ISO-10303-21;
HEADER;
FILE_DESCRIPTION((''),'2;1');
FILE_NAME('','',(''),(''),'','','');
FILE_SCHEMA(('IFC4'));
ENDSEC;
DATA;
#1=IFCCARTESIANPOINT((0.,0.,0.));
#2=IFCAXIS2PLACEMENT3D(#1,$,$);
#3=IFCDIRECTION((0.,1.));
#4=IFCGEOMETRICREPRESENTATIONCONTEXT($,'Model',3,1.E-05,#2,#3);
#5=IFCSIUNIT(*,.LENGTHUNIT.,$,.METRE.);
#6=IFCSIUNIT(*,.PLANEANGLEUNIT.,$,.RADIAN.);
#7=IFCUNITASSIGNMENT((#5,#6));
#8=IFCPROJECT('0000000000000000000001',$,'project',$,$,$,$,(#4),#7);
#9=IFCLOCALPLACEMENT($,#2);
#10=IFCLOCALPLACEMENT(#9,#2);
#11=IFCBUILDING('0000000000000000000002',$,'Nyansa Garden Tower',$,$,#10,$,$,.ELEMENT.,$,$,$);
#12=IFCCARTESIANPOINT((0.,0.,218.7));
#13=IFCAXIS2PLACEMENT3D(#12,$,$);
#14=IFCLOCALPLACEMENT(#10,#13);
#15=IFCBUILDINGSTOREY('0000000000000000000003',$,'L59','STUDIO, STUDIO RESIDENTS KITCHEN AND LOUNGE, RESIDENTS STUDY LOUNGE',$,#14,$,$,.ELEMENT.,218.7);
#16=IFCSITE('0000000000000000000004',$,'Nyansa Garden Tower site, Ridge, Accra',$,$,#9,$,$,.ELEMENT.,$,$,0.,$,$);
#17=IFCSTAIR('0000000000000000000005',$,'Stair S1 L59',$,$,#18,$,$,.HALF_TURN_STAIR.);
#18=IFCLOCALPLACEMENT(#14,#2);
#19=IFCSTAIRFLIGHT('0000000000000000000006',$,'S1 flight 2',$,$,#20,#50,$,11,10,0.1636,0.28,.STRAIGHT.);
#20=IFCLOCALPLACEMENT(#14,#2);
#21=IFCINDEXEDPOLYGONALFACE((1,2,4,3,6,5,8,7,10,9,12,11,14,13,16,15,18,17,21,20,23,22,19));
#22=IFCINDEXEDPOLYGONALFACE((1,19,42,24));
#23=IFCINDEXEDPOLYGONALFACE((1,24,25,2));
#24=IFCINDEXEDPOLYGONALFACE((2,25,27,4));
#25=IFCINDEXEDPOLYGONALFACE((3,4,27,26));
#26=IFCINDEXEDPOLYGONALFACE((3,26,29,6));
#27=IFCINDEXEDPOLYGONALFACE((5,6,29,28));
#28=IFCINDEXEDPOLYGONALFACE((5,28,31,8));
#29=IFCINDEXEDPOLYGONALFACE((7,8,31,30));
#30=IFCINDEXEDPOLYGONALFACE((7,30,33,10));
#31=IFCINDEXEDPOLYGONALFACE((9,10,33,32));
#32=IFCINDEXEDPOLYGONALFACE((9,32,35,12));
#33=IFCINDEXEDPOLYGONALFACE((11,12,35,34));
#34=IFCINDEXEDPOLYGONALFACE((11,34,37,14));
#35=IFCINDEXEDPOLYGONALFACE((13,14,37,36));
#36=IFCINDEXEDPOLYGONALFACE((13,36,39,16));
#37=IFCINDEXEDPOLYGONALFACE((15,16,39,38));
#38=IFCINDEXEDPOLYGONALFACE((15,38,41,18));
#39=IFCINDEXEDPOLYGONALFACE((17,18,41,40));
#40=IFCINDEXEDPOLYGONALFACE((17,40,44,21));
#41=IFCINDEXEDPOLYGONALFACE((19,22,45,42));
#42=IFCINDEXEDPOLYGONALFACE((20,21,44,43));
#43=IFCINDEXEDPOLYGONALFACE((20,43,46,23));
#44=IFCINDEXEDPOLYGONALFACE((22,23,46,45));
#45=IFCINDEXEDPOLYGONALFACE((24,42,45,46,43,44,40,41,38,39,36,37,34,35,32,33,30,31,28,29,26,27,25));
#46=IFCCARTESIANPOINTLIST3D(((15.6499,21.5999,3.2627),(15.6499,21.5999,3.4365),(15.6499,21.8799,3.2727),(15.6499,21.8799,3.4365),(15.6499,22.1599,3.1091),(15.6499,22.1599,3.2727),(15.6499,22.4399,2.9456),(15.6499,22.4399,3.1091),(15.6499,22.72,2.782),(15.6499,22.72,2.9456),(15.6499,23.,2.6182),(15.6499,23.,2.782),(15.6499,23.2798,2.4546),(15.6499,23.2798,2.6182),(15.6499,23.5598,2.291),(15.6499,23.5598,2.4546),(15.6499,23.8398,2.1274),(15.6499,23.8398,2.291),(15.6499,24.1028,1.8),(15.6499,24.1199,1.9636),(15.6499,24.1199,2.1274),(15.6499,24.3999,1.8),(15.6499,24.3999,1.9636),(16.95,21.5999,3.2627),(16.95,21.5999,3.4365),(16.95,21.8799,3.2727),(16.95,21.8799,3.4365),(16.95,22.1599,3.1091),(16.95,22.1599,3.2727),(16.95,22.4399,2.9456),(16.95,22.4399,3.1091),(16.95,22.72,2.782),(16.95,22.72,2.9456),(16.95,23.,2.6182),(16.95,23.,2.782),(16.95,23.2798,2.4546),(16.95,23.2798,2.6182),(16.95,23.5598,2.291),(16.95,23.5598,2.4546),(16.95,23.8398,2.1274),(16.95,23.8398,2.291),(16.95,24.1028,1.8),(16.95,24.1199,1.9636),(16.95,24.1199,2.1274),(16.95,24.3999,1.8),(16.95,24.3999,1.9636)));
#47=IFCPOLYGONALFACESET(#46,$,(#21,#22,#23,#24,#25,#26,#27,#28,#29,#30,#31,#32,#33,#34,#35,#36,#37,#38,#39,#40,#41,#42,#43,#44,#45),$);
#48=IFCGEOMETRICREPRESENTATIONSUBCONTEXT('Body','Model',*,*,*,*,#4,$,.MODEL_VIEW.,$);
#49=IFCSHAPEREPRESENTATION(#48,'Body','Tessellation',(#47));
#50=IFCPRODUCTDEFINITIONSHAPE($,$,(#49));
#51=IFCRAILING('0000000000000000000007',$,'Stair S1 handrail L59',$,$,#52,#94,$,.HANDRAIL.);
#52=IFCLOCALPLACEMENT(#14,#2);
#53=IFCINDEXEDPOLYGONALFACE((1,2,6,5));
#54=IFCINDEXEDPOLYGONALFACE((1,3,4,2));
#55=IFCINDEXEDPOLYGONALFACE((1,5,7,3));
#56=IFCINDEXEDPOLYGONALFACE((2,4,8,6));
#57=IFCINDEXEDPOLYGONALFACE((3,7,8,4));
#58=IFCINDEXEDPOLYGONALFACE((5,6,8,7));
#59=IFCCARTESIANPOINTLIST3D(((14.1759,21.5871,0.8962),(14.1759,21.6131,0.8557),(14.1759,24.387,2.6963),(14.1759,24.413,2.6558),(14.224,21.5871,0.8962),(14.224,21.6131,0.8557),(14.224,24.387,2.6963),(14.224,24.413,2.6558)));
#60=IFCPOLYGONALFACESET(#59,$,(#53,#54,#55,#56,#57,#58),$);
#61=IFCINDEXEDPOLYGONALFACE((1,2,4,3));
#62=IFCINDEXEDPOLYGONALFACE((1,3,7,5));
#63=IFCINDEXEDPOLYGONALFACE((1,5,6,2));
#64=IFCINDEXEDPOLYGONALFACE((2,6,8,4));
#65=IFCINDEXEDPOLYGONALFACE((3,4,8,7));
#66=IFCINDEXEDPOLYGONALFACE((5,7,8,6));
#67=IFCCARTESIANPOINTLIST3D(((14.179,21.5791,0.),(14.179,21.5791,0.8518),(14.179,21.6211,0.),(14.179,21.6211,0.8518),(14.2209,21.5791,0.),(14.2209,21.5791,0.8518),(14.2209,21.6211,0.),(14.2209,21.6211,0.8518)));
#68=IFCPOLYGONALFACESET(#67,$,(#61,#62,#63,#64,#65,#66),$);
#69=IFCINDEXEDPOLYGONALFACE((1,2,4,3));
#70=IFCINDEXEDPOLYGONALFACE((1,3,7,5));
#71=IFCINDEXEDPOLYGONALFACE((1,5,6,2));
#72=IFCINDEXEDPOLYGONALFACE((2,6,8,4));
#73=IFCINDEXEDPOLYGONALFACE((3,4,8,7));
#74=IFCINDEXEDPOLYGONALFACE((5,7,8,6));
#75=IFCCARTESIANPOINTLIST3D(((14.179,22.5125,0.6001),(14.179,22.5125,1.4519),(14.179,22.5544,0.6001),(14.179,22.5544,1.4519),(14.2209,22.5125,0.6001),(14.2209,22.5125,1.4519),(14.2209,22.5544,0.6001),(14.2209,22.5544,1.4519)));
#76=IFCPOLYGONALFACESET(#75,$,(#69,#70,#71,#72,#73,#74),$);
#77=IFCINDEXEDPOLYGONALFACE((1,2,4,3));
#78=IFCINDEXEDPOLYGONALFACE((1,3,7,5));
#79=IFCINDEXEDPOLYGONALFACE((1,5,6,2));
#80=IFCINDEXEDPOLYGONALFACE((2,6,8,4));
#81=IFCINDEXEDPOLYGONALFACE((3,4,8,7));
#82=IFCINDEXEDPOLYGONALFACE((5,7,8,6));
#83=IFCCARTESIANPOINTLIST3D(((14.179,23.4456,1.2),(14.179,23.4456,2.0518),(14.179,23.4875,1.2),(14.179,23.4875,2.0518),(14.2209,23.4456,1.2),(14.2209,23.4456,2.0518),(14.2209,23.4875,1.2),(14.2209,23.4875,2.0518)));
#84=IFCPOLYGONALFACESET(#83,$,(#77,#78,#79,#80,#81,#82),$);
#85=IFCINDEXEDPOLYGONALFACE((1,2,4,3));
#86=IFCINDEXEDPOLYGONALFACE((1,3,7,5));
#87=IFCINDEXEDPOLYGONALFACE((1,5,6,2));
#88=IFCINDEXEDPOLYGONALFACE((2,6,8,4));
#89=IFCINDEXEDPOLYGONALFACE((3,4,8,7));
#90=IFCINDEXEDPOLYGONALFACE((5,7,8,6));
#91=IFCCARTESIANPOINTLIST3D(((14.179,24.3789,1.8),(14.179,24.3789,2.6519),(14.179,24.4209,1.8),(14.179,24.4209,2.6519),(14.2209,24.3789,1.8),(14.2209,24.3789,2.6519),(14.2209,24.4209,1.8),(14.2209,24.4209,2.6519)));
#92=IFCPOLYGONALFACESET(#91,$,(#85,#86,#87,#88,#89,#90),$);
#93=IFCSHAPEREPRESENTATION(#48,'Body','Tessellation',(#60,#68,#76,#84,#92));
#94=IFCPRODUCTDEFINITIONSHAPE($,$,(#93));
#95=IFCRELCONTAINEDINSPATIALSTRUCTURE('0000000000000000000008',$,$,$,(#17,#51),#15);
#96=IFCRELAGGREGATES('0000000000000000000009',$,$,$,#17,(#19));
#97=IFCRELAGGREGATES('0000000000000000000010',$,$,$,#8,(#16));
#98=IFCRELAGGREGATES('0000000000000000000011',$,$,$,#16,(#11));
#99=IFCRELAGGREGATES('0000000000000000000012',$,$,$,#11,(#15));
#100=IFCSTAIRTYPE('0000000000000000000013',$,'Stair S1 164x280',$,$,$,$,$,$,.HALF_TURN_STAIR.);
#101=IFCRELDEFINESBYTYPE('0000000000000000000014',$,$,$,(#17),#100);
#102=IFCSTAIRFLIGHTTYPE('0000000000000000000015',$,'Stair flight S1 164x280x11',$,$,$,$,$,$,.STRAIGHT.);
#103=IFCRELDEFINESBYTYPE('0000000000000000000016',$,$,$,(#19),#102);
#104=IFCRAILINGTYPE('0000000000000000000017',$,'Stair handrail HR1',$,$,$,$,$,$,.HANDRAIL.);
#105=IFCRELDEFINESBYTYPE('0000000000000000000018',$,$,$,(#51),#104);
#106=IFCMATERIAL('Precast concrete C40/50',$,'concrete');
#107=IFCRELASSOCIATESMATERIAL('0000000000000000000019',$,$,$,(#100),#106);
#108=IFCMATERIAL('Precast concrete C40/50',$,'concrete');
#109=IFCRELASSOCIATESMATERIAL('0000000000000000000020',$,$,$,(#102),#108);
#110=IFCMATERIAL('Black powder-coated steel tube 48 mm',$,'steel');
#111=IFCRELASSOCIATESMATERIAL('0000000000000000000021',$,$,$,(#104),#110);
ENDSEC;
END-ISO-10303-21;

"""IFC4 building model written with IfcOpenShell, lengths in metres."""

from ifc_helpers import new_model, si_unit, direction, frame, origin, origin_2d, place, context, subcontext, project, spatial, polyline, rectangle, outline, extrude, material, type_object, element, aggregate, save


model = new_model("IFC4")

# Units and contexts
model_context = context("Model", 3, precision=1e-05, world=origin(), true_north=direction((0.0, 1.0)))
body_context = subcontext(model_context, "Body", "Model", "MODEL_VIEW")
ifc_project = project(units=[si_unit("LENGTHUNIT", "METRE"), si_unit("PLANEANGLEUNIT", "RADIAN")], contexts=[model_context])

# Site, building, storey
site_placement = place(None, origin())
site = spatial("IfcSite", under=ifc_project, at=site_placement, Name="Nyansa Garden Tower site, Ridge, Accra", CompositionType="ELEMENT", RefElevation=0.0)
building_placement = place(site_placement, origin())
building = spatial("IfcBuilding", under=site, at=building_placement, Name="Nyansa Garden Tower", CompositionType="ELEMENT")
storey_placement = place(building_placement, frame((0.0, 0.0, 218.7)))
storey = spatial("IfcBuildingStorey", under=building, at=storey_placement, Name="L59", Description="STUDIO, STUDIO RESIDENTS KITCHEN AND LOUNGE, RESIDENTS STUDY LOUNGE", CompositionType="ELEMENT", Elevation=218.7)

# Stair, stair flight
ifc_material_1 = material(Name="Precast concrete C40/50", Category="concrete")
stair_type = type_object("IfcStairType", Name="Stair S1 164x280", PredefinedType="HALF_TURN_STAIR", material=ifc_material_1)
stair_placement = place(storey_placement, origin())
stair = element("IfcStair", 1, at=stair_placement, inside=storey, type_object=stair_type, Name="Stair S1 L59", PredefinedType="HALF_TURN_STAIR")
ifc_material_2 = material(Name="Precast concrete C40/50", Category="concrete")
stair_flight_type = type_object("IfcStairFlightType", Name="Stair flight S1 164x280x11", PredefinedType="STRAIGHT", material=ifc_material_2)
stair_flight_1_placement = place(storey_placement, frame((16.3, 24.3999, 1.8), z_axis=(0.0, 0.0, 1.0), x_axis=(0.0, -1.0, 0.0)))
stair_flight_1 = element("IfcStairFlight", 2, at=stair_flight_1_placement, type_object=stair_flight_type, Name="S1 flight 2", NumberOfRisers=11, NumberOfTreads=10, PredefinedType="STRAIGHT", RiserHeight=0.1636, TreadLength=0.28, context=body_context, shape_type="SweptSolid", body=[
    extrude(outline(polyline([(0.0, 0.0), (0.0, 0.1636), (0.28, 0.1636), (0.28, 0.3274), (0.5601, 0.3274), (0.5601, 0.491), (0.8401, 0.491), (0.8401, 0.6545), (1.1201, 0.6545), (1.1201, 0.8181), (1.3999, 0.8181), (1.3999, 0.9819), (1.6799, 0.9819), (1.6799, 1.1455), (1.96, 1.1455), (1.96, 1.3091), (2.24, 1.3091), (2.24, 1.4727), (2.52, 1.4727), (2.52, 1.6365), (2.8, 1.6365), (2.8, 1.8), (2.8, 1.4626), (0.2971, 0.0), (0.0, 0.0)])), frame((0.0, 0.6499, 0.0), z_axis=(0.0, -1.0, 0.0), x_axis=(1.0, 0.0, 0.0)), (0.0, 0.0, 1.0), 1.3),
])
aggregate(stair, [stair_flight_1])

# Railing
ifc_material_3 = material(Name="Black powder-coated steel tube 48 mm", Category="steel")
railing_type = type_object("IfcRailingType", Name="Stair handrail HR1", PredefinedType="HANDRAIL", material=ifc_material_3)
railing_placement = place(storey_placement, frame((14.2, 21.6001, 0.0)))
element("IfcRailing", 3, at=railing_placement, inside=storey, type_object=railing_type, Name="Stair S1 handrail L59", PredefinedType="HANDRAIL", context=body_context, shape_type="SweptSolid", body=[
    extrude(rectangle(XDim=0.0481, YDim=0.0481, at=origin_2d()), frame((0.0, 0.0, 0.876), z_axis=(0.0, 0.841155, 0.540795), x_axis=(-1.0, 0.0, 0.0)), (0.0, 0.0, 1.0), 3.3286),
    extrude(rectangle(XDim=0.042, YDim=0.042, at=origin_2d()), origin(), (0.0, 0.0, 1.0), 0.8518),
    extrude(rectangle(XDim=0.042, YDim=0.042, at=origin_2d()), frame((0.0, 0.9333, 0.6001)), (0.0, 0.0, 1.0), 0.8518),
    extrude(rectangle(XDim=0.042, YDim=0.042, at=origin_2d()), frame((0.0, 1.8665, 1.2)), (0.0, 0.0, 1.0), 0.8518),
    extrude(rectangle(XDim=0.042, YDim=0.042, at=origin_2d()), frame((0.0, 2.7998, 1.8)), (0.0, 0.0, 1.0), 0.8518),
])

save(model, "model.ifc")
